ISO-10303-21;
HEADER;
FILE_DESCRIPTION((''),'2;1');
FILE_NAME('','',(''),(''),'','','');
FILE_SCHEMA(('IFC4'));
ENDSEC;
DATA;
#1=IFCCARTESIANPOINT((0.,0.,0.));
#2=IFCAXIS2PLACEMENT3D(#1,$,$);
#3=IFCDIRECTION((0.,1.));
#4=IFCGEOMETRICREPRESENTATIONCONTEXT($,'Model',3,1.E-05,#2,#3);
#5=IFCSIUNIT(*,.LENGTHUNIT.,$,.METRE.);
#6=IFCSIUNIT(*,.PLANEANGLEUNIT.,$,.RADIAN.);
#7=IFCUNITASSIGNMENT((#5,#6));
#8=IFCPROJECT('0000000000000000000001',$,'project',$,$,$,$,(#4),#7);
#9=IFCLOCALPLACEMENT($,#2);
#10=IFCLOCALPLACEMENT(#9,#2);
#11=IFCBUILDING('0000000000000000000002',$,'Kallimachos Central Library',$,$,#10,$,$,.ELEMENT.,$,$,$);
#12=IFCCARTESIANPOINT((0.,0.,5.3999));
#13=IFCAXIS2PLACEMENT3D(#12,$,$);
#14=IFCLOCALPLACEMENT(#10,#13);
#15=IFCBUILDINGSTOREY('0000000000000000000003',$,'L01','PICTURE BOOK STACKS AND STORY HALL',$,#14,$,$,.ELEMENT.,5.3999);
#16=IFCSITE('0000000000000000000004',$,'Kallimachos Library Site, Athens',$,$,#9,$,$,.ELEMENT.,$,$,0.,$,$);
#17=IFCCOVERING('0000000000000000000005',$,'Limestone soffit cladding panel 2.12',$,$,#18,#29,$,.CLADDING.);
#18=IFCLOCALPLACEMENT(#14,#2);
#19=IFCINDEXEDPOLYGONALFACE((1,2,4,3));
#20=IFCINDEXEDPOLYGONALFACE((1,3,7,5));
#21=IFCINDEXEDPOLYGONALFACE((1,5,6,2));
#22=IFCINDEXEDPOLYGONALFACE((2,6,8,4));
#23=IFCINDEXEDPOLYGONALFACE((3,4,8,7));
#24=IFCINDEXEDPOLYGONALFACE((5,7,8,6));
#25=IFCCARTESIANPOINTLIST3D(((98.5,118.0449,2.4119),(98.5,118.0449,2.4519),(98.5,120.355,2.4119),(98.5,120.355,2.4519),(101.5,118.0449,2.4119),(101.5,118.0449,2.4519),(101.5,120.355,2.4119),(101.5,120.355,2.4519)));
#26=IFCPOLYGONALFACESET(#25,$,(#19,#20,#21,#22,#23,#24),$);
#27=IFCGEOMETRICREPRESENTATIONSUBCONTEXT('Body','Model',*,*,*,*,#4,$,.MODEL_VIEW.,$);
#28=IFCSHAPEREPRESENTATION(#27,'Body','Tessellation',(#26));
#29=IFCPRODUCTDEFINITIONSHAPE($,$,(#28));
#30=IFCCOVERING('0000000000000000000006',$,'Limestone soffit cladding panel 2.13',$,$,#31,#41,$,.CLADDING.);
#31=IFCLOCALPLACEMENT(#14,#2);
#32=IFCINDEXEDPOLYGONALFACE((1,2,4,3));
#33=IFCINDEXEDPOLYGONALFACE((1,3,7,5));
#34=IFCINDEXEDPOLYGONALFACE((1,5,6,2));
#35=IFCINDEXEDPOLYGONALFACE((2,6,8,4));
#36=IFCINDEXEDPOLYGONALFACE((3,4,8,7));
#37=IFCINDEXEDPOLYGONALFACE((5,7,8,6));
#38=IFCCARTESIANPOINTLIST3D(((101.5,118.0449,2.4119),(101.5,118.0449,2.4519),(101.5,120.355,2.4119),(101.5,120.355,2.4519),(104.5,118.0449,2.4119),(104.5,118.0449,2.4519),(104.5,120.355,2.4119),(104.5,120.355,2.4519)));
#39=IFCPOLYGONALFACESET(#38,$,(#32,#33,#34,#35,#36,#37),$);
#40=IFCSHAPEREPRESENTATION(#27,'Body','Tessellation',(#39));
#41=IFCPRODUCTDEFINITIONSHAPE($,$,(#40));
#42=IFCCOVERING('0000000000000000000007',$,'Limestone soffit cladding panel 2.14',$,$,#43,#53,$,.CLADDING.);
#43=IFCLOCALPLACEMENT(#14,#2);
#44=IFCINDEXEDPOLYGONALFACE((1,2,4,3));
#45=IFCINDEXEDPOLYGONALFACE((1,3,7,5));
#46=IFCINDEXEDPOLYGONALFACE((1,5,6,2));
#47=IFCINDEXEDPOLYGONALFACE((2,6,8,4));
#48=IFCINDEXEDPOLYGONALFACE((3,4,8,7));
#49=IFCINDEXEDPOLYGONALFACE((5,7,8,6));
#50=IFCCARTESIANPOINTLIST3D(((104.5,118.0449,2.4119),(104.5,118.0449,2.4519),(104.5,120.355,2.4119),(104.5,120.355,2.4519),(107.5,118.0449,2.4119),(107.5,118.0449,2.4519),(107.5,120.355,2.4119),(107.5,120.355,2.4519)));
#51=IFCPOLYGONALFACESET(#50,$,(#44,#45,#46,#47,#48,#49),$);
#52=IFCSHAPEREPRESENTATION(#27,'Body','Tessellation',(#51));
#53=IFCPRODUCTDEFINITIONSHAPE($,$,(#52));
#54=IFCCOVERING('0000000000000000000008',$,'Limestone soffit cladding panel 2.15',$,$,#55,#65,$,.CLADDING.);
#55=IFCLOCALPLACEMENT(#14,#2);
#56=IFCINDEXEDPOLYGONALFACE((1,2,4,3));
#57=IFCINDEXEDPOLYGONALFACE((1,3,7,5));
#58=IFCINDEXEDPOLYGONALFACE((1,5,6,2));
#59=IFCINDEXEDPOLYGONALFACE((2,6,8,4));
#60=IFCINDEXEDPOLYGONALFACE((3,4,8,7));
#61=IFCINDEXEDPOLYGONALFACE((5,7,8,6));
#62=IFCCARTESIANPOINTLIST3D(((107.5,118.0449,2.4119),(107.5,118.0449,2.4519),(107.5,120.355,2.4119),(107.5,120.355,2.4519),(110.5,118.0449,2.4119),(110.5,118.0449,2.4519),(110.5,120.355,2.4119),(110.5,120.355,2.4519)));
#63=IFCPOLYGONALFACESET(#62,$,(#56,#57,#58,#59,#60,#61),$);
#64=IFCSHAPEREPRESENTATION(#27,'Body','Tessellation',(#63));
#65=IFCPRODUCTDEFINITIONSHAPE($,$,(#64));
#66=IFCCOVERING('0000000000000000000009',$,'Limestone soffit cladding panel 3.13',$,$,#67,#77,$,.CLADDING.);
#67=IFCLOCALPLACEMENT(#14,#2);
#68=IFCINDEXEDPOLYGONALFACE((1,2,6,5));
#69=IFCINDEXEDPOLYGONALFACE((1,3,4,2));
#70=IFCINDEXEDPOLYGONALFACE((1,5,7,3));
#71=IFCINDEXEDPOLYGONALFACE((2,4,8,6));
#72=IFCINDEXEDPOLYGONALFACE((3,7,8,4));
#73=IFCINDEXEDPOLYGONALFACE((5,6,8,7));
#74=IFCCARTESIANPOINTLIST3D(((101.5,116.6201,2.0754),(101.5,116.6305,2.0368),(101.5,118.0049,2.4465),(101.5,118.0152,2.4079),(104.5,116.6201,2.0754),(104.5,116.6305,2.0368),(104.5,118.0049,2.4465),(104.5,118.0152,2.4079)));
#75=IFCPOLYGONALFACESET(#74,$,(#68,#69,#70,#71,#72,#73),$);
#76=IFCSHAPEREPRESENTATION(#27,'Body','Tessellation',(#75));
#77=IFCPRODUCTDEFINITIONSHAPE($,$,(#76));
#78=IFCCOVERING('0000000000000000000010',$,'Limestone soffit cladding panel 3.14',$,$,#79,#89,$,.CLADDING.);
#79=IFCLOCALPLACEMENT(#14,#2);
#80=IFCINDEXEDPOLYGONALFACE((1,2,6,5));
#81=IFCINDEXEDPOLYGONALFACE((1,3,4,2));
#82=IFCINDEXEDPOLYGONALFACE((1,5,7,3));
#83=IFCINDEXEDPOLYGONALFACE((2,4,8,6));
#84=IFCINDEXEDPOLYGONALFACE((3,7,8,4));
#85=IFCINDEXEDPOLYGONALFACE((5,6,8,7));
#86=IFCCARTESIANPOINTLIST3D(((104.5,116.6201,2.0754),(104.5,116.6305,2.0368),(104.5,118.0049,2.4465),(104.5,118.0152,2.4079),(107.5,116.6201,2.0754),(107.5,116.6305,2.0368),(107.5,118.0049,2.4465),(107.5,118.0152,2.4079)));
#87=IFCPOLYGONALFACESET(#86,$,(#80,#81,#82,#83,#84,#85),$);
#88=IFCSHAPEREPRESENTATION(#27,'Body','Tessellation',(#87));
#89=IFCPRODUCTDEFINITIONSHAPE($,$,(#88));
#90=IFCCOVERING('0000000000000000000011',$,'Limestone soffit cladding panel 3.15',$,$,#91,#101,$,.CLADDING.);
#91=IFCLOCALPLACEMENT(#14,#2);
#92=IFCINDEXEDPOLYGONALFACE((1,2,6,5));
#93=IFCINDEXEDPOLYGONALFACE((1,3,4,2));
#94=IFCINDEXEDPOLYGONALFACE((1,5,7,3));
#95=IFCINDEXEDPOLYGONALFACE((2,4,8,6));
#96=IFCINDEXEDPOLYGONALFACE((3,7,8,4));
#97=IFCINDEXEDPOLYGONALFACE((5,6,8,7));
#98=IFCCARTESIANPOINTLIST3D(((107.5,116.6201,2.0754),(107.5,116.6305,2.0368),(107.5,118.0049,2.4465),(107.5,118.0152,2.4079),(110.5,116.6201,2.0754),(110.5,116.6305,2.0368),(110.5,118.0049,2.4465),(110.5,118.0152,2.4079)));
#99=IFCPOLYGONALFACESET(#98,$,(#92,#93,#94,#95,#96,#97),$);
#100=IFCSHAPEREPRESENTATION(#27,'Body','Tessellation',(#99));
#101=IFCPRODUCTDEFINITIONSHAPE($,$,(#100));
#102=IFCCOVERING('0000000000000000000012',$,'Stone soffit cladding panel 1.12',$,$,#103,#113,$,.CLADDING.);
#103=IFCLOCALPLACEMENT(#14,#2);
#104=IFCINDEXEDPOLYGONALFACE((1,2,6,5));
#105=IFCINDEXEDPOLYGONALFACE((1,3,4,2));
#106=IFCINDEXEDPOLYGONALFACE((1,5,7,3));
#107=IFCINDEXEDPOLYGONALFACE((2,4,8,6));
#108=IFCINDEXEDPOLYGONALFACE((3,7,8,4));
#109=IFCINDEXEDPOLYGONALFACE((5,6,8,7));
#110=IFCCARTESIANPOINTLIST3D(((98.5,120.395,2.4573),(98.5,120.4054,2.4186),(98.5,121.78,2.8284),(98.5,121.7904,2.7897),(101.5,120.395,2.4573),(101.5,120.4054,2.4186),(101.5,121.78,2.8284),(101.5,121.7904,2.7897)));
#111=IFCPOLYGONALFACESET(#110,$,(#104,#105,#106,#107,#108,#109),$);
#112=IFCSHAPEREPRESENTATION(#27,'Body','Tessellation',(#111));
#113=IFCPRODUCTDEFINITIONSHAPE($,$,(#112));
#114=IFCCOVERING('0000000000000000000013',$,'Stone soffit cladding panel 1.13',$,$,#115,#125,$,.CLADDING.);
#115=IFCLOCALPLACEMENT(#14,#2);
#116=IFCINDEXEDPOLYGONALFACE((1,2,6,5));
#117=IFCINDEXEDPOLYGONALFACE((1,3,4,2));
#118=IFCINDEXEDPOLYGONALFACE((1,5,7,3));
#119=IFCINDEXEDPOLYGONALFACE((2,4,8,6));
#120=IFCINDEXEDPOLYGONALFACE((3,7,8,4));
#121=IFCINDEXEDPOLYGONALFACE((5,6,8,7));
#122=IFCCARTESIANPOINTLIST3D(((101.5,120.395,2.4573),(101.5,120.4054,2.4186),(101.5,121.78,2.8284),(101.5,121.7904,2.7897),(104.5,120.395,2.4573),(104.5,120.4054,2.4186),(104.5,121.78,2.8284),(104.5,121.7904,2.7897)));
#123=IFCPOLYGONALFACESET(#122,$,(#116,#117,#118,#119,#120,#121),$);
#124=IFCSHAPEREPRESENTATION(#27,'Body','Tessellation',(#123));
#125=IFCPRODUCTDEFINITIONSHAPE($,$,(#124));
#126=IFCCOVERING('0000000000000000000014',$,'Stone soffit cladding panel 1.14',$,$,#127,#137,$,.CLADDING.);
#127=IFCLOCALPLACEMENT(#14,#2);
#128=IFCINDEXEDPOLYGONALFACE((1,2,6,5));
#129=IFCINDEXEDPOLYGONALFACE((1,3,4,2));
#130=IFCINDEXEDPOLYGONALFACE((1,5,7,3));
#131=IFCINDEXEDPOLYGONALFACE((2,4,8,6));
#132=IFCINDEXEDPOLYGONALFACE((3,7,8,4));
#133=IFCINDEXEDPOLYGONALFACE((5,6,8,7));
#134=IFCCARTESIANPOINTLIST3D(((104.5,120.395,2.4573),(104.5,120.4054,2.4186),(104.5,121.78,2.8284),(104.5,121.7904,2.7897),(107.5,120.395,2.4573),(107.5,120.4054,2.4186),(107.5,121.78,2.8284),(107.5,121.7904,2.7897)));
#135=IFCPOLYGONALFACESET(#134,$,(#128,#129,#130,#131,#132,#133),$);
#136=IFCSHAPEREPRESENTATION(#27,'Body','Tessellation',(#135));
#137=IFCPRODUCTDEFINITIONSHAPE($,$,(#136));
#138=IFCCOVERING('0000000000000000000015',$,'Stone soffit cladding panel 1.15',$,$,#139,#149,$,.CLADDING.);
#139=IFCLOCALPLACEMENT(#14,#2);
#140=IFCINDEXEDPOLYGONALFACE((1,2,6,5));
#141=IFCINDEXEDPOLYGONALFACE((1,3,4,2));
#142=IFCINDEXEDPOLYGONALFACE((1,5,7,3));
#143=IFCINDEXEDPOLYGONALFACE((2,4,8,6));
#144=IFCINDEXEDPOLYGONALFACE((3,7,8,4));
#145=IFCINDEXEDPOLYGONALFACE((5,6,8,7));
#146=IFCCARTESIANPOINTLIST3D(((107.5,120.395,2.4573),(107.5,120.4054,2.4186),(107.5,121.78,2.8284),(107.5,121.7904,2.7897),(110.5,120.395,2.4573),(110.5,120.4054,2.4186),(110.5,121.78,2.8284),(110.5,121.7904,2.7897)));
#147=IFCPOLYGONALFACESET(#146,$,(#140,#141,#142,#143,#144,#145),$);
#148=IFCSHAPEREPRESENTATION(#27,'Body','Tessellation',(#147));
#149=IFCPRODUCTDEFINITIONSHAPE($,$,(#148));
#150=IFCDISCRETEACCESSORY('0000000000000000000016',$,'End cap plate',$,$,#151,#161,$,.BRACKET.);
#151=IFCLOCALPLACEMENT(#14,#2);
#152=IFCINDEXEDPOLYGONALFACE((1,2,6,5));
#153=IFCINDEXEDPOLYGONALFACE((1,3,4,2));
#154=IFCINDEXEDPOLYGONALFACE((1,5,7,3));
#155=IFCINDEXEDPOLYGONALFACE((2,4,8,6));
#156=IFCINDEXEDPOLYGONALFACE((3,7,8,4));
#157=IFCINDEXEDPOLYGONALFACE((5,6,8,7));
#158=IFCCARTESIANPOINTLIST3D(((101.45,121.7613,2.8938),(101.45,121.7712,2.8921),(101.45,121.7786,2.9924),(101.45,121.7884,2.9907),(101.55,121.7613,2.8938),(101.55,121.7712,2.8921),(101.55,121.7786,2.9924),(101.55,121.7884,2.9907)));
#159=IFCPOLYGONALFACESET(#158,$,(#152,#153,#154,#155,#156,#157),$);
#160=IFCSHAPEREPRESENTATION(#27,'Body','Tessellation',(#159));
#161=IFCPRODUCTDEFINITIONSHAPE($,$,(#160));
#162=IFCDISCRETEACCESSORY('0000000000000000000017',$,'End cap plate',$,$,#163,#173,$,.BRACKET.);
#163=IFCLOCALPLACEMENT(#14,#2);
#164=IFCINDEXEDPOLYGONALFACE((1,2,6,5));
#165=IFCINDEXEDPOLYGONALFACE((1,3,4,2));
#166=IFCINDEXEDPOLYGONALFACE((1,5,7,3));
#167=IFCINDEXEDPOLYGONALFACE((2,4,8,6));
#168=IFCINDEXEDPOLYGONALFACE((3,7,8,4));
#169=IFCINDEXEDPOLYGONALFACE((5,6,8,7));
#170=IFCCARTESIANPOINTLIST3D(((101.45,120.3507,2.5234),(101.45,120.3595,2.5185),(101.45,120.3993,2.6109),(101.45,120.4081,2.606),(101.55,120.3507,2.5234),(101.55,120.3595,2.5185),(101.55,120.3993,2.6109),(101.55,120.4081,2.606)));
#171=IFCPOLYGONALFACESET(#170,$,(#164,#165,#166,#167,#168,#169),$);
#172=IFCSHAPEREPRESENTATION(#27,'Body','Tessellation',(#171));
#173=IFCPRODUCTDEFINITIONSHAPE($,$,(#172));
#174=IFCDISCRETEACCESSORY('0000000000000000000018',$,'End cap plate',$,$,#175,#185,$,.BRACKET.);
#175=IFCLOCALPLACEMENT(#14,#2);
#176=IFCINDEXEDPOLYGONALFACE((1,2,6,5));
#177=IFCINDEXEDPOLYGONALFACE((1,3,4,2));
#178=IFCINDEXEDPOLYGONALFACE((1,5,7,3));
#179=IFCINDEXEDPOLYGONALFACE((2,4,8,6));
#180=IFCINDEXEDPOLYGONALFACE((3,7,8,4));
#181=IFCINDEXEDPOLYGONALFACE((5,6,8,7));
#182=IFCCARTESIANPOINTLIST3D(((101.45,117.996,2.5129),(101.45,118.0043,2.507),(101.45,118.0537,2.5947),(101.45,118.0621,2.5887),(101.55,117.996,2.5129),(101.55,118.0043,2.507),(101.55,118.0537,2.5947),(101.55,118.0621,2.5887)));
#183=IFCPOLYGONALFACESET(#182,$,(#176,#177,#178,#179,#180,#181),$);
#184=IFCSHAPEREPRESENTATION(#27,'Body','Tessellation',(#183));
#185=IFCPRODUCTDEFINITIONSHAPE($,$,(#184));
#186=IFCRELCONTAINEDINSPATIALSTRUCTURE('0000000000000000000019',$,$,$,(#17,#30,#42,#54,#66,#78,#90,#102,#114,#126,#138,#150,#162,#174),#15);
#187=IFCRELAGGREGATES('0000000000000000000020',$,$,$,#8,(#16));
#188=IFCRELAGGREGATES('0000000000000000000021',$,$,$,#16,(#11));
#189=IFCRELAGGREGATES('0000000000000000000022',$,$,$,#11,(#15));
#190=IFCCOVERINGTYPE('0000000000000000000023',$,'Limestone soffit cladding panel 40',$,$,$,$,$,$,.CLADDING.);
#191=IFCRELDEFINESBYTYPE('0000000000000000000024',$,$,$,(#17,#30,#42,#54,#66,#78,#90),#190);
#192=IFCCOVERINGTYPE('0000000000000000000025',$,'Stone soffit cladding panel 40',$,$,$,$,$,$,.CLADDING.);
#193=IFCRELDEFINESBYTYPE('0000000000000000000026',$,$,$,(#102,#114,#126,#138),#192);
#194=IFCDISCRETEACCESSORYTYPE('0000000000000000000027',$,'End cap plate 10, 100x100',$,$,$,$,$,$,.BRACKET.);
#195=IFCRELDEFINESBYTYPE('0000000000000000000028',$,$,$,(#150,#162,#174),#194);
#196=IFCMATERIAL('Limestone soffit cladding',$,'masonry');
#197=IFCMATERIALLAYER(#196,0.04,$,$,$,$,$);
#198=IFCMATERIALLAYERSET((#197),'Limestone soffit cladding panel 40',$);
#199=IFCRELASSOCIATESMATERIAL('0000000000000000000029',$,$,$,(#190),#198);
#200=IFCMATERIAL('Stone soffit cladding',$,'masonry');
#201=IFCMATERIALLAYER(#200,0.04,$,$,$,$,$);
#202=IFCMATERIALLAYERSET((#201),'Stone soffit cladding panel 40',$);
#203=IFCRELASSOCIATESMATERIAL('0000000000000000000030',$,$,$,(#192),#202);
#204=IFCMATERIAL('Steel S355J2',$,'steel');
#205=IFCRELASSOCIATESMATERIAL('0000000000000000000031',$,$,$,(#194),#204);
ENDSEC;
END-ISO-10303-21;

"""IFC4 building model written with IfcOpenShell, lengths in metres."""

from ifc_helpers import new_model, si_unit, direction, frame, origin, origin_2d, place, context, subcontext, project, spatial, polyline, rectangle, outline, extrude, material, layer, layer_set, material_profile, profile_set, type_object, element, save


model = new_model("IFC4")

# Units and contexts
model_context = context("Model", 3, precision=1e-05, world=origin(), true_north=direction((0.0, 1.0)))
body_context = subcontext(model_context, "Body", "Model", "MODEL_VIEW")
ifc_project = project(units=[si_unit("LENGTHUNIT", "METRE"), si_unit("PLANEANGLEUNIT", "RADIAN")], contexts=[model_context])

# Site, building, storey
site_placement = place(None, origin())
site = spatial("IfcSite", under=ifc_project, at=site_placement, Name="Kallimachos Library Site, Athens", CompositionType="ELEMENT", RefElevation=0.0)
building_placement = place(site_placement, origin())
building = spatial("IfcBuilding", under=site, at=building_placement, Name="Kallimachos Central Library", CompositionType="ELEMENT")
storey_placement = place(building_placement, frame((0.0, 0.0, 5.3999)))
storey = spatial("IfcBuildingStorey", under=building, at=storey_placement, Name="L01", Description="PICTURE BOOK STACKS AND STORY HALL", CompositionType="ELEMENT", Elevation=5.3999)

# Coverings
ifc_material_1 = material(Name="Limestone soffit cladding", Category="masonry")
ifc_layer_1 = layer(ifc_material_1, 0.04)
ifc_layer_set_1 = layer_set([ifc_layer_1], Name="Limestone soffit cladding panel 40")
covering_type_1 = type_object("IfcCoveringType", Name="Limestone soffit cladding panel 40", PredefinedType="CLADDING", material=ifc_layer_set_1)
for number, where, z_axis, x_axis, name in (
    (1, (98.5, 120.355, 2.4519), (0.0, 0.0, 1.0), (1.0, 0.0, 0.0), "Limestone soffit cladding panel 2.12"),
    (2, (101.5, 120.355, 2.4519), (0.0, 0.0, 1.0), (1.0, 0.0, 0.0), "Limestone soffit cladding panel 2.13"),
    (3, (104.5, 120.355, 2.4519), (0.0, 0.0, 1.0), (1.0, 0.0, 0.0), "Limestone soffit cladding panel 2.14"),
    (4, (107.5, 120.355, 2.4519), (0.0, 0.0, 1.0), (1.0, 0.0, 0.0), "Limestone soffit cladding panel 2.15"),
):
    element("IfcCovering", number, at=place(storey_placement, frame(where, z_axis=z_axis, x_axis=x_axis)), inside=storey, type_object=covering_type_1, Name=name, PredefinedType="CLADDING", context=body_context, shape_type="SweptSolid", body=[
        extrude(outline(polyline([(0.0, 0.0), (3.0, 0.0), (3.0, -2.3101), (0.0, -2.3101), (0.0, 0.0)])), origin(), (0.0, 0.0, -1.0), 0.04),
    ])
for number, where, z_axis, x_axis, name in (
    (5, (101.5, 118.0049, 2.4465), (0.0, -0.25885, 0.965918), (1.0, 0.0, 0.0), "Limestone soffit cladding panel 3.13"),
    (6, (104.5, 118.0049, 2.4465), (0.0, -0.25885, 0.965918), (1.0, 0.0, 0.0), "Limestone soffit cladding panel 3.14"),
    (7, (107.5, 118.0049, 2.4465), (0.0, -0.25885, 0.965918), (1.0, 0.0, 0.0), "Limestone soffit cladding panel 3.15"),
):
    element("IfcCovering", number, at=place(storey_placement, frame(where, z_axis=z_axis, x_axis=x_axis)), inside=storey, type_object=covering_type_1, Name=name, PredefinedType="CLADDING", context=body_context, shape_type="SweptSolid", body=[
        extrude(outline(polyline([(0.0, 0.0), (3.0, 0.0), (3.0, -1.4336), (0.0, -1.4336), (0.0, 0.0)])), origin(), (0.0, 0.0, -1.0), 0.04),
    ])
ifc_material_2 = material(Name="Stone soffit cladding", Category="masonry")
ifc_layer_2 = layer(ifc_material_2, 0.04)
ifc_layer_set_2 = layer_set([ifc_layer_2], Name="Stone soffit cladding panel 40")
covering_type_2 = type_object("IfcCoveringType", Name="Stone soffit cladding panel 40", PredefinedType="CLADDING", material=ifc_layer_set_2)
for number, where, z_axis, x_axis, name in (
    (8, (98.5, 121.78, 2.8284), (0.0, -0.258807, 0.965929), (1.0, 0.0, 0.0), "Stone soffit cladding panel 1.12"),
    (9, (101.5, 121.78, 2.8284), (0.0, -0.258807, 0.965929), (1.0, 0.0, 0.0), "Stone soffit cladding panel 1.13"),
    (10, (104.5, 121.78, 2.8284), (0.0, -0.258807, 0.965929), (1.0, 0.0, 0.0), "Stone soffit cladding panel 1.14"),
    (11, (107.5, 121.78, 2.8284), (0.0, -0.258807, 0.965929), (1.0, 0.0, 0.0), "Stone soffit cladding panel 1.15"),
):
    element("IfcCovering", number, at=place(storey_placement, frame(where, z_axis=z_axis, x_axis=x_axis)), inside=storey, type_object=covering_type_2, Name=name, PredefinedType="CLADDING", context=body_context, shape_type="SweptSolid", body=[
        extrude(outline(polyline([(0.0, 0.0), (3.0, 0.0), (3.0, -1.4339), (0.0, -1.4339), (0.0, 0.0)])), origin(), (0.0, 0.0, -1.0), 0.04),
    ])

# Discrete accessories
ifc_material_3 = material(Name="Steel S355J2", Category="steel")
ifc_material_profile_1 = material_profile(ifc_material_3, rectangle(XDim=0.1001, YDim=0.1001, at=origin_2d()), Name="End cap plate 10, 100x100")
ifc_profile_set_1 = profile_set([ifc_material_profile_1], Name="Steel S355J2")
discrete_accessory_type = type_object("IfcDiscreteAccessoryType", Name="End cap plate 10, 100x100", PredefinedType="BRACKET", material=ifc_profile_set_1)
for number, where, z_axis, x_axis, name in (
    (12, (101.5, 121.7798, 2.9414), (0.0, -0.98503, 0.17238), (1.0, 0.0, 0.0), "End cap plate"),
    (13, (101.5, 120.3838, 2.5623), (0.0, -0.874157, 0.485643), (1.0, 0.0, 0.0), "End cap plate"),
):
    element("IfcDiscreteAccessory", number, at=place(storey_placement, frame(where, z_axis=z_axis, x_axis=x_axis)), inside=storey, type_object=discrete_accessory_type, Name=name, PredefinedType="BRACKET", context=body_context, shape_type="SweptSolid", body=[
        extrude(rectangle(XDim=0.1001, YDim=0.1001, at=origin_2d()), origin(), (0.0, 0.0, 1.0), 0.01),
    ])
discrete_accessory_placement = place(storey_placement, frame((101.5, 118.0332, 2.5479), z_axis=(0.0, -0.816968, 0.576683), x_axis=(1.0, 0.0, 0.0)))
element("IfcDiscreteAccessory", 14, at=discrete_accessory_placement, inside=storey, type_object=discrete_accessory_type, Name="End cap plate", PredefinedType="BRACKET", context=body_context, shape_type="SweptSolid", body=[
    extrude(rectangle(XDim=0.1001, YDim=0.1001, at=origin_2d()), origin(), (0.0, 0.0, 1.0), 0.0103),
])

save(model, "model.ifc")
